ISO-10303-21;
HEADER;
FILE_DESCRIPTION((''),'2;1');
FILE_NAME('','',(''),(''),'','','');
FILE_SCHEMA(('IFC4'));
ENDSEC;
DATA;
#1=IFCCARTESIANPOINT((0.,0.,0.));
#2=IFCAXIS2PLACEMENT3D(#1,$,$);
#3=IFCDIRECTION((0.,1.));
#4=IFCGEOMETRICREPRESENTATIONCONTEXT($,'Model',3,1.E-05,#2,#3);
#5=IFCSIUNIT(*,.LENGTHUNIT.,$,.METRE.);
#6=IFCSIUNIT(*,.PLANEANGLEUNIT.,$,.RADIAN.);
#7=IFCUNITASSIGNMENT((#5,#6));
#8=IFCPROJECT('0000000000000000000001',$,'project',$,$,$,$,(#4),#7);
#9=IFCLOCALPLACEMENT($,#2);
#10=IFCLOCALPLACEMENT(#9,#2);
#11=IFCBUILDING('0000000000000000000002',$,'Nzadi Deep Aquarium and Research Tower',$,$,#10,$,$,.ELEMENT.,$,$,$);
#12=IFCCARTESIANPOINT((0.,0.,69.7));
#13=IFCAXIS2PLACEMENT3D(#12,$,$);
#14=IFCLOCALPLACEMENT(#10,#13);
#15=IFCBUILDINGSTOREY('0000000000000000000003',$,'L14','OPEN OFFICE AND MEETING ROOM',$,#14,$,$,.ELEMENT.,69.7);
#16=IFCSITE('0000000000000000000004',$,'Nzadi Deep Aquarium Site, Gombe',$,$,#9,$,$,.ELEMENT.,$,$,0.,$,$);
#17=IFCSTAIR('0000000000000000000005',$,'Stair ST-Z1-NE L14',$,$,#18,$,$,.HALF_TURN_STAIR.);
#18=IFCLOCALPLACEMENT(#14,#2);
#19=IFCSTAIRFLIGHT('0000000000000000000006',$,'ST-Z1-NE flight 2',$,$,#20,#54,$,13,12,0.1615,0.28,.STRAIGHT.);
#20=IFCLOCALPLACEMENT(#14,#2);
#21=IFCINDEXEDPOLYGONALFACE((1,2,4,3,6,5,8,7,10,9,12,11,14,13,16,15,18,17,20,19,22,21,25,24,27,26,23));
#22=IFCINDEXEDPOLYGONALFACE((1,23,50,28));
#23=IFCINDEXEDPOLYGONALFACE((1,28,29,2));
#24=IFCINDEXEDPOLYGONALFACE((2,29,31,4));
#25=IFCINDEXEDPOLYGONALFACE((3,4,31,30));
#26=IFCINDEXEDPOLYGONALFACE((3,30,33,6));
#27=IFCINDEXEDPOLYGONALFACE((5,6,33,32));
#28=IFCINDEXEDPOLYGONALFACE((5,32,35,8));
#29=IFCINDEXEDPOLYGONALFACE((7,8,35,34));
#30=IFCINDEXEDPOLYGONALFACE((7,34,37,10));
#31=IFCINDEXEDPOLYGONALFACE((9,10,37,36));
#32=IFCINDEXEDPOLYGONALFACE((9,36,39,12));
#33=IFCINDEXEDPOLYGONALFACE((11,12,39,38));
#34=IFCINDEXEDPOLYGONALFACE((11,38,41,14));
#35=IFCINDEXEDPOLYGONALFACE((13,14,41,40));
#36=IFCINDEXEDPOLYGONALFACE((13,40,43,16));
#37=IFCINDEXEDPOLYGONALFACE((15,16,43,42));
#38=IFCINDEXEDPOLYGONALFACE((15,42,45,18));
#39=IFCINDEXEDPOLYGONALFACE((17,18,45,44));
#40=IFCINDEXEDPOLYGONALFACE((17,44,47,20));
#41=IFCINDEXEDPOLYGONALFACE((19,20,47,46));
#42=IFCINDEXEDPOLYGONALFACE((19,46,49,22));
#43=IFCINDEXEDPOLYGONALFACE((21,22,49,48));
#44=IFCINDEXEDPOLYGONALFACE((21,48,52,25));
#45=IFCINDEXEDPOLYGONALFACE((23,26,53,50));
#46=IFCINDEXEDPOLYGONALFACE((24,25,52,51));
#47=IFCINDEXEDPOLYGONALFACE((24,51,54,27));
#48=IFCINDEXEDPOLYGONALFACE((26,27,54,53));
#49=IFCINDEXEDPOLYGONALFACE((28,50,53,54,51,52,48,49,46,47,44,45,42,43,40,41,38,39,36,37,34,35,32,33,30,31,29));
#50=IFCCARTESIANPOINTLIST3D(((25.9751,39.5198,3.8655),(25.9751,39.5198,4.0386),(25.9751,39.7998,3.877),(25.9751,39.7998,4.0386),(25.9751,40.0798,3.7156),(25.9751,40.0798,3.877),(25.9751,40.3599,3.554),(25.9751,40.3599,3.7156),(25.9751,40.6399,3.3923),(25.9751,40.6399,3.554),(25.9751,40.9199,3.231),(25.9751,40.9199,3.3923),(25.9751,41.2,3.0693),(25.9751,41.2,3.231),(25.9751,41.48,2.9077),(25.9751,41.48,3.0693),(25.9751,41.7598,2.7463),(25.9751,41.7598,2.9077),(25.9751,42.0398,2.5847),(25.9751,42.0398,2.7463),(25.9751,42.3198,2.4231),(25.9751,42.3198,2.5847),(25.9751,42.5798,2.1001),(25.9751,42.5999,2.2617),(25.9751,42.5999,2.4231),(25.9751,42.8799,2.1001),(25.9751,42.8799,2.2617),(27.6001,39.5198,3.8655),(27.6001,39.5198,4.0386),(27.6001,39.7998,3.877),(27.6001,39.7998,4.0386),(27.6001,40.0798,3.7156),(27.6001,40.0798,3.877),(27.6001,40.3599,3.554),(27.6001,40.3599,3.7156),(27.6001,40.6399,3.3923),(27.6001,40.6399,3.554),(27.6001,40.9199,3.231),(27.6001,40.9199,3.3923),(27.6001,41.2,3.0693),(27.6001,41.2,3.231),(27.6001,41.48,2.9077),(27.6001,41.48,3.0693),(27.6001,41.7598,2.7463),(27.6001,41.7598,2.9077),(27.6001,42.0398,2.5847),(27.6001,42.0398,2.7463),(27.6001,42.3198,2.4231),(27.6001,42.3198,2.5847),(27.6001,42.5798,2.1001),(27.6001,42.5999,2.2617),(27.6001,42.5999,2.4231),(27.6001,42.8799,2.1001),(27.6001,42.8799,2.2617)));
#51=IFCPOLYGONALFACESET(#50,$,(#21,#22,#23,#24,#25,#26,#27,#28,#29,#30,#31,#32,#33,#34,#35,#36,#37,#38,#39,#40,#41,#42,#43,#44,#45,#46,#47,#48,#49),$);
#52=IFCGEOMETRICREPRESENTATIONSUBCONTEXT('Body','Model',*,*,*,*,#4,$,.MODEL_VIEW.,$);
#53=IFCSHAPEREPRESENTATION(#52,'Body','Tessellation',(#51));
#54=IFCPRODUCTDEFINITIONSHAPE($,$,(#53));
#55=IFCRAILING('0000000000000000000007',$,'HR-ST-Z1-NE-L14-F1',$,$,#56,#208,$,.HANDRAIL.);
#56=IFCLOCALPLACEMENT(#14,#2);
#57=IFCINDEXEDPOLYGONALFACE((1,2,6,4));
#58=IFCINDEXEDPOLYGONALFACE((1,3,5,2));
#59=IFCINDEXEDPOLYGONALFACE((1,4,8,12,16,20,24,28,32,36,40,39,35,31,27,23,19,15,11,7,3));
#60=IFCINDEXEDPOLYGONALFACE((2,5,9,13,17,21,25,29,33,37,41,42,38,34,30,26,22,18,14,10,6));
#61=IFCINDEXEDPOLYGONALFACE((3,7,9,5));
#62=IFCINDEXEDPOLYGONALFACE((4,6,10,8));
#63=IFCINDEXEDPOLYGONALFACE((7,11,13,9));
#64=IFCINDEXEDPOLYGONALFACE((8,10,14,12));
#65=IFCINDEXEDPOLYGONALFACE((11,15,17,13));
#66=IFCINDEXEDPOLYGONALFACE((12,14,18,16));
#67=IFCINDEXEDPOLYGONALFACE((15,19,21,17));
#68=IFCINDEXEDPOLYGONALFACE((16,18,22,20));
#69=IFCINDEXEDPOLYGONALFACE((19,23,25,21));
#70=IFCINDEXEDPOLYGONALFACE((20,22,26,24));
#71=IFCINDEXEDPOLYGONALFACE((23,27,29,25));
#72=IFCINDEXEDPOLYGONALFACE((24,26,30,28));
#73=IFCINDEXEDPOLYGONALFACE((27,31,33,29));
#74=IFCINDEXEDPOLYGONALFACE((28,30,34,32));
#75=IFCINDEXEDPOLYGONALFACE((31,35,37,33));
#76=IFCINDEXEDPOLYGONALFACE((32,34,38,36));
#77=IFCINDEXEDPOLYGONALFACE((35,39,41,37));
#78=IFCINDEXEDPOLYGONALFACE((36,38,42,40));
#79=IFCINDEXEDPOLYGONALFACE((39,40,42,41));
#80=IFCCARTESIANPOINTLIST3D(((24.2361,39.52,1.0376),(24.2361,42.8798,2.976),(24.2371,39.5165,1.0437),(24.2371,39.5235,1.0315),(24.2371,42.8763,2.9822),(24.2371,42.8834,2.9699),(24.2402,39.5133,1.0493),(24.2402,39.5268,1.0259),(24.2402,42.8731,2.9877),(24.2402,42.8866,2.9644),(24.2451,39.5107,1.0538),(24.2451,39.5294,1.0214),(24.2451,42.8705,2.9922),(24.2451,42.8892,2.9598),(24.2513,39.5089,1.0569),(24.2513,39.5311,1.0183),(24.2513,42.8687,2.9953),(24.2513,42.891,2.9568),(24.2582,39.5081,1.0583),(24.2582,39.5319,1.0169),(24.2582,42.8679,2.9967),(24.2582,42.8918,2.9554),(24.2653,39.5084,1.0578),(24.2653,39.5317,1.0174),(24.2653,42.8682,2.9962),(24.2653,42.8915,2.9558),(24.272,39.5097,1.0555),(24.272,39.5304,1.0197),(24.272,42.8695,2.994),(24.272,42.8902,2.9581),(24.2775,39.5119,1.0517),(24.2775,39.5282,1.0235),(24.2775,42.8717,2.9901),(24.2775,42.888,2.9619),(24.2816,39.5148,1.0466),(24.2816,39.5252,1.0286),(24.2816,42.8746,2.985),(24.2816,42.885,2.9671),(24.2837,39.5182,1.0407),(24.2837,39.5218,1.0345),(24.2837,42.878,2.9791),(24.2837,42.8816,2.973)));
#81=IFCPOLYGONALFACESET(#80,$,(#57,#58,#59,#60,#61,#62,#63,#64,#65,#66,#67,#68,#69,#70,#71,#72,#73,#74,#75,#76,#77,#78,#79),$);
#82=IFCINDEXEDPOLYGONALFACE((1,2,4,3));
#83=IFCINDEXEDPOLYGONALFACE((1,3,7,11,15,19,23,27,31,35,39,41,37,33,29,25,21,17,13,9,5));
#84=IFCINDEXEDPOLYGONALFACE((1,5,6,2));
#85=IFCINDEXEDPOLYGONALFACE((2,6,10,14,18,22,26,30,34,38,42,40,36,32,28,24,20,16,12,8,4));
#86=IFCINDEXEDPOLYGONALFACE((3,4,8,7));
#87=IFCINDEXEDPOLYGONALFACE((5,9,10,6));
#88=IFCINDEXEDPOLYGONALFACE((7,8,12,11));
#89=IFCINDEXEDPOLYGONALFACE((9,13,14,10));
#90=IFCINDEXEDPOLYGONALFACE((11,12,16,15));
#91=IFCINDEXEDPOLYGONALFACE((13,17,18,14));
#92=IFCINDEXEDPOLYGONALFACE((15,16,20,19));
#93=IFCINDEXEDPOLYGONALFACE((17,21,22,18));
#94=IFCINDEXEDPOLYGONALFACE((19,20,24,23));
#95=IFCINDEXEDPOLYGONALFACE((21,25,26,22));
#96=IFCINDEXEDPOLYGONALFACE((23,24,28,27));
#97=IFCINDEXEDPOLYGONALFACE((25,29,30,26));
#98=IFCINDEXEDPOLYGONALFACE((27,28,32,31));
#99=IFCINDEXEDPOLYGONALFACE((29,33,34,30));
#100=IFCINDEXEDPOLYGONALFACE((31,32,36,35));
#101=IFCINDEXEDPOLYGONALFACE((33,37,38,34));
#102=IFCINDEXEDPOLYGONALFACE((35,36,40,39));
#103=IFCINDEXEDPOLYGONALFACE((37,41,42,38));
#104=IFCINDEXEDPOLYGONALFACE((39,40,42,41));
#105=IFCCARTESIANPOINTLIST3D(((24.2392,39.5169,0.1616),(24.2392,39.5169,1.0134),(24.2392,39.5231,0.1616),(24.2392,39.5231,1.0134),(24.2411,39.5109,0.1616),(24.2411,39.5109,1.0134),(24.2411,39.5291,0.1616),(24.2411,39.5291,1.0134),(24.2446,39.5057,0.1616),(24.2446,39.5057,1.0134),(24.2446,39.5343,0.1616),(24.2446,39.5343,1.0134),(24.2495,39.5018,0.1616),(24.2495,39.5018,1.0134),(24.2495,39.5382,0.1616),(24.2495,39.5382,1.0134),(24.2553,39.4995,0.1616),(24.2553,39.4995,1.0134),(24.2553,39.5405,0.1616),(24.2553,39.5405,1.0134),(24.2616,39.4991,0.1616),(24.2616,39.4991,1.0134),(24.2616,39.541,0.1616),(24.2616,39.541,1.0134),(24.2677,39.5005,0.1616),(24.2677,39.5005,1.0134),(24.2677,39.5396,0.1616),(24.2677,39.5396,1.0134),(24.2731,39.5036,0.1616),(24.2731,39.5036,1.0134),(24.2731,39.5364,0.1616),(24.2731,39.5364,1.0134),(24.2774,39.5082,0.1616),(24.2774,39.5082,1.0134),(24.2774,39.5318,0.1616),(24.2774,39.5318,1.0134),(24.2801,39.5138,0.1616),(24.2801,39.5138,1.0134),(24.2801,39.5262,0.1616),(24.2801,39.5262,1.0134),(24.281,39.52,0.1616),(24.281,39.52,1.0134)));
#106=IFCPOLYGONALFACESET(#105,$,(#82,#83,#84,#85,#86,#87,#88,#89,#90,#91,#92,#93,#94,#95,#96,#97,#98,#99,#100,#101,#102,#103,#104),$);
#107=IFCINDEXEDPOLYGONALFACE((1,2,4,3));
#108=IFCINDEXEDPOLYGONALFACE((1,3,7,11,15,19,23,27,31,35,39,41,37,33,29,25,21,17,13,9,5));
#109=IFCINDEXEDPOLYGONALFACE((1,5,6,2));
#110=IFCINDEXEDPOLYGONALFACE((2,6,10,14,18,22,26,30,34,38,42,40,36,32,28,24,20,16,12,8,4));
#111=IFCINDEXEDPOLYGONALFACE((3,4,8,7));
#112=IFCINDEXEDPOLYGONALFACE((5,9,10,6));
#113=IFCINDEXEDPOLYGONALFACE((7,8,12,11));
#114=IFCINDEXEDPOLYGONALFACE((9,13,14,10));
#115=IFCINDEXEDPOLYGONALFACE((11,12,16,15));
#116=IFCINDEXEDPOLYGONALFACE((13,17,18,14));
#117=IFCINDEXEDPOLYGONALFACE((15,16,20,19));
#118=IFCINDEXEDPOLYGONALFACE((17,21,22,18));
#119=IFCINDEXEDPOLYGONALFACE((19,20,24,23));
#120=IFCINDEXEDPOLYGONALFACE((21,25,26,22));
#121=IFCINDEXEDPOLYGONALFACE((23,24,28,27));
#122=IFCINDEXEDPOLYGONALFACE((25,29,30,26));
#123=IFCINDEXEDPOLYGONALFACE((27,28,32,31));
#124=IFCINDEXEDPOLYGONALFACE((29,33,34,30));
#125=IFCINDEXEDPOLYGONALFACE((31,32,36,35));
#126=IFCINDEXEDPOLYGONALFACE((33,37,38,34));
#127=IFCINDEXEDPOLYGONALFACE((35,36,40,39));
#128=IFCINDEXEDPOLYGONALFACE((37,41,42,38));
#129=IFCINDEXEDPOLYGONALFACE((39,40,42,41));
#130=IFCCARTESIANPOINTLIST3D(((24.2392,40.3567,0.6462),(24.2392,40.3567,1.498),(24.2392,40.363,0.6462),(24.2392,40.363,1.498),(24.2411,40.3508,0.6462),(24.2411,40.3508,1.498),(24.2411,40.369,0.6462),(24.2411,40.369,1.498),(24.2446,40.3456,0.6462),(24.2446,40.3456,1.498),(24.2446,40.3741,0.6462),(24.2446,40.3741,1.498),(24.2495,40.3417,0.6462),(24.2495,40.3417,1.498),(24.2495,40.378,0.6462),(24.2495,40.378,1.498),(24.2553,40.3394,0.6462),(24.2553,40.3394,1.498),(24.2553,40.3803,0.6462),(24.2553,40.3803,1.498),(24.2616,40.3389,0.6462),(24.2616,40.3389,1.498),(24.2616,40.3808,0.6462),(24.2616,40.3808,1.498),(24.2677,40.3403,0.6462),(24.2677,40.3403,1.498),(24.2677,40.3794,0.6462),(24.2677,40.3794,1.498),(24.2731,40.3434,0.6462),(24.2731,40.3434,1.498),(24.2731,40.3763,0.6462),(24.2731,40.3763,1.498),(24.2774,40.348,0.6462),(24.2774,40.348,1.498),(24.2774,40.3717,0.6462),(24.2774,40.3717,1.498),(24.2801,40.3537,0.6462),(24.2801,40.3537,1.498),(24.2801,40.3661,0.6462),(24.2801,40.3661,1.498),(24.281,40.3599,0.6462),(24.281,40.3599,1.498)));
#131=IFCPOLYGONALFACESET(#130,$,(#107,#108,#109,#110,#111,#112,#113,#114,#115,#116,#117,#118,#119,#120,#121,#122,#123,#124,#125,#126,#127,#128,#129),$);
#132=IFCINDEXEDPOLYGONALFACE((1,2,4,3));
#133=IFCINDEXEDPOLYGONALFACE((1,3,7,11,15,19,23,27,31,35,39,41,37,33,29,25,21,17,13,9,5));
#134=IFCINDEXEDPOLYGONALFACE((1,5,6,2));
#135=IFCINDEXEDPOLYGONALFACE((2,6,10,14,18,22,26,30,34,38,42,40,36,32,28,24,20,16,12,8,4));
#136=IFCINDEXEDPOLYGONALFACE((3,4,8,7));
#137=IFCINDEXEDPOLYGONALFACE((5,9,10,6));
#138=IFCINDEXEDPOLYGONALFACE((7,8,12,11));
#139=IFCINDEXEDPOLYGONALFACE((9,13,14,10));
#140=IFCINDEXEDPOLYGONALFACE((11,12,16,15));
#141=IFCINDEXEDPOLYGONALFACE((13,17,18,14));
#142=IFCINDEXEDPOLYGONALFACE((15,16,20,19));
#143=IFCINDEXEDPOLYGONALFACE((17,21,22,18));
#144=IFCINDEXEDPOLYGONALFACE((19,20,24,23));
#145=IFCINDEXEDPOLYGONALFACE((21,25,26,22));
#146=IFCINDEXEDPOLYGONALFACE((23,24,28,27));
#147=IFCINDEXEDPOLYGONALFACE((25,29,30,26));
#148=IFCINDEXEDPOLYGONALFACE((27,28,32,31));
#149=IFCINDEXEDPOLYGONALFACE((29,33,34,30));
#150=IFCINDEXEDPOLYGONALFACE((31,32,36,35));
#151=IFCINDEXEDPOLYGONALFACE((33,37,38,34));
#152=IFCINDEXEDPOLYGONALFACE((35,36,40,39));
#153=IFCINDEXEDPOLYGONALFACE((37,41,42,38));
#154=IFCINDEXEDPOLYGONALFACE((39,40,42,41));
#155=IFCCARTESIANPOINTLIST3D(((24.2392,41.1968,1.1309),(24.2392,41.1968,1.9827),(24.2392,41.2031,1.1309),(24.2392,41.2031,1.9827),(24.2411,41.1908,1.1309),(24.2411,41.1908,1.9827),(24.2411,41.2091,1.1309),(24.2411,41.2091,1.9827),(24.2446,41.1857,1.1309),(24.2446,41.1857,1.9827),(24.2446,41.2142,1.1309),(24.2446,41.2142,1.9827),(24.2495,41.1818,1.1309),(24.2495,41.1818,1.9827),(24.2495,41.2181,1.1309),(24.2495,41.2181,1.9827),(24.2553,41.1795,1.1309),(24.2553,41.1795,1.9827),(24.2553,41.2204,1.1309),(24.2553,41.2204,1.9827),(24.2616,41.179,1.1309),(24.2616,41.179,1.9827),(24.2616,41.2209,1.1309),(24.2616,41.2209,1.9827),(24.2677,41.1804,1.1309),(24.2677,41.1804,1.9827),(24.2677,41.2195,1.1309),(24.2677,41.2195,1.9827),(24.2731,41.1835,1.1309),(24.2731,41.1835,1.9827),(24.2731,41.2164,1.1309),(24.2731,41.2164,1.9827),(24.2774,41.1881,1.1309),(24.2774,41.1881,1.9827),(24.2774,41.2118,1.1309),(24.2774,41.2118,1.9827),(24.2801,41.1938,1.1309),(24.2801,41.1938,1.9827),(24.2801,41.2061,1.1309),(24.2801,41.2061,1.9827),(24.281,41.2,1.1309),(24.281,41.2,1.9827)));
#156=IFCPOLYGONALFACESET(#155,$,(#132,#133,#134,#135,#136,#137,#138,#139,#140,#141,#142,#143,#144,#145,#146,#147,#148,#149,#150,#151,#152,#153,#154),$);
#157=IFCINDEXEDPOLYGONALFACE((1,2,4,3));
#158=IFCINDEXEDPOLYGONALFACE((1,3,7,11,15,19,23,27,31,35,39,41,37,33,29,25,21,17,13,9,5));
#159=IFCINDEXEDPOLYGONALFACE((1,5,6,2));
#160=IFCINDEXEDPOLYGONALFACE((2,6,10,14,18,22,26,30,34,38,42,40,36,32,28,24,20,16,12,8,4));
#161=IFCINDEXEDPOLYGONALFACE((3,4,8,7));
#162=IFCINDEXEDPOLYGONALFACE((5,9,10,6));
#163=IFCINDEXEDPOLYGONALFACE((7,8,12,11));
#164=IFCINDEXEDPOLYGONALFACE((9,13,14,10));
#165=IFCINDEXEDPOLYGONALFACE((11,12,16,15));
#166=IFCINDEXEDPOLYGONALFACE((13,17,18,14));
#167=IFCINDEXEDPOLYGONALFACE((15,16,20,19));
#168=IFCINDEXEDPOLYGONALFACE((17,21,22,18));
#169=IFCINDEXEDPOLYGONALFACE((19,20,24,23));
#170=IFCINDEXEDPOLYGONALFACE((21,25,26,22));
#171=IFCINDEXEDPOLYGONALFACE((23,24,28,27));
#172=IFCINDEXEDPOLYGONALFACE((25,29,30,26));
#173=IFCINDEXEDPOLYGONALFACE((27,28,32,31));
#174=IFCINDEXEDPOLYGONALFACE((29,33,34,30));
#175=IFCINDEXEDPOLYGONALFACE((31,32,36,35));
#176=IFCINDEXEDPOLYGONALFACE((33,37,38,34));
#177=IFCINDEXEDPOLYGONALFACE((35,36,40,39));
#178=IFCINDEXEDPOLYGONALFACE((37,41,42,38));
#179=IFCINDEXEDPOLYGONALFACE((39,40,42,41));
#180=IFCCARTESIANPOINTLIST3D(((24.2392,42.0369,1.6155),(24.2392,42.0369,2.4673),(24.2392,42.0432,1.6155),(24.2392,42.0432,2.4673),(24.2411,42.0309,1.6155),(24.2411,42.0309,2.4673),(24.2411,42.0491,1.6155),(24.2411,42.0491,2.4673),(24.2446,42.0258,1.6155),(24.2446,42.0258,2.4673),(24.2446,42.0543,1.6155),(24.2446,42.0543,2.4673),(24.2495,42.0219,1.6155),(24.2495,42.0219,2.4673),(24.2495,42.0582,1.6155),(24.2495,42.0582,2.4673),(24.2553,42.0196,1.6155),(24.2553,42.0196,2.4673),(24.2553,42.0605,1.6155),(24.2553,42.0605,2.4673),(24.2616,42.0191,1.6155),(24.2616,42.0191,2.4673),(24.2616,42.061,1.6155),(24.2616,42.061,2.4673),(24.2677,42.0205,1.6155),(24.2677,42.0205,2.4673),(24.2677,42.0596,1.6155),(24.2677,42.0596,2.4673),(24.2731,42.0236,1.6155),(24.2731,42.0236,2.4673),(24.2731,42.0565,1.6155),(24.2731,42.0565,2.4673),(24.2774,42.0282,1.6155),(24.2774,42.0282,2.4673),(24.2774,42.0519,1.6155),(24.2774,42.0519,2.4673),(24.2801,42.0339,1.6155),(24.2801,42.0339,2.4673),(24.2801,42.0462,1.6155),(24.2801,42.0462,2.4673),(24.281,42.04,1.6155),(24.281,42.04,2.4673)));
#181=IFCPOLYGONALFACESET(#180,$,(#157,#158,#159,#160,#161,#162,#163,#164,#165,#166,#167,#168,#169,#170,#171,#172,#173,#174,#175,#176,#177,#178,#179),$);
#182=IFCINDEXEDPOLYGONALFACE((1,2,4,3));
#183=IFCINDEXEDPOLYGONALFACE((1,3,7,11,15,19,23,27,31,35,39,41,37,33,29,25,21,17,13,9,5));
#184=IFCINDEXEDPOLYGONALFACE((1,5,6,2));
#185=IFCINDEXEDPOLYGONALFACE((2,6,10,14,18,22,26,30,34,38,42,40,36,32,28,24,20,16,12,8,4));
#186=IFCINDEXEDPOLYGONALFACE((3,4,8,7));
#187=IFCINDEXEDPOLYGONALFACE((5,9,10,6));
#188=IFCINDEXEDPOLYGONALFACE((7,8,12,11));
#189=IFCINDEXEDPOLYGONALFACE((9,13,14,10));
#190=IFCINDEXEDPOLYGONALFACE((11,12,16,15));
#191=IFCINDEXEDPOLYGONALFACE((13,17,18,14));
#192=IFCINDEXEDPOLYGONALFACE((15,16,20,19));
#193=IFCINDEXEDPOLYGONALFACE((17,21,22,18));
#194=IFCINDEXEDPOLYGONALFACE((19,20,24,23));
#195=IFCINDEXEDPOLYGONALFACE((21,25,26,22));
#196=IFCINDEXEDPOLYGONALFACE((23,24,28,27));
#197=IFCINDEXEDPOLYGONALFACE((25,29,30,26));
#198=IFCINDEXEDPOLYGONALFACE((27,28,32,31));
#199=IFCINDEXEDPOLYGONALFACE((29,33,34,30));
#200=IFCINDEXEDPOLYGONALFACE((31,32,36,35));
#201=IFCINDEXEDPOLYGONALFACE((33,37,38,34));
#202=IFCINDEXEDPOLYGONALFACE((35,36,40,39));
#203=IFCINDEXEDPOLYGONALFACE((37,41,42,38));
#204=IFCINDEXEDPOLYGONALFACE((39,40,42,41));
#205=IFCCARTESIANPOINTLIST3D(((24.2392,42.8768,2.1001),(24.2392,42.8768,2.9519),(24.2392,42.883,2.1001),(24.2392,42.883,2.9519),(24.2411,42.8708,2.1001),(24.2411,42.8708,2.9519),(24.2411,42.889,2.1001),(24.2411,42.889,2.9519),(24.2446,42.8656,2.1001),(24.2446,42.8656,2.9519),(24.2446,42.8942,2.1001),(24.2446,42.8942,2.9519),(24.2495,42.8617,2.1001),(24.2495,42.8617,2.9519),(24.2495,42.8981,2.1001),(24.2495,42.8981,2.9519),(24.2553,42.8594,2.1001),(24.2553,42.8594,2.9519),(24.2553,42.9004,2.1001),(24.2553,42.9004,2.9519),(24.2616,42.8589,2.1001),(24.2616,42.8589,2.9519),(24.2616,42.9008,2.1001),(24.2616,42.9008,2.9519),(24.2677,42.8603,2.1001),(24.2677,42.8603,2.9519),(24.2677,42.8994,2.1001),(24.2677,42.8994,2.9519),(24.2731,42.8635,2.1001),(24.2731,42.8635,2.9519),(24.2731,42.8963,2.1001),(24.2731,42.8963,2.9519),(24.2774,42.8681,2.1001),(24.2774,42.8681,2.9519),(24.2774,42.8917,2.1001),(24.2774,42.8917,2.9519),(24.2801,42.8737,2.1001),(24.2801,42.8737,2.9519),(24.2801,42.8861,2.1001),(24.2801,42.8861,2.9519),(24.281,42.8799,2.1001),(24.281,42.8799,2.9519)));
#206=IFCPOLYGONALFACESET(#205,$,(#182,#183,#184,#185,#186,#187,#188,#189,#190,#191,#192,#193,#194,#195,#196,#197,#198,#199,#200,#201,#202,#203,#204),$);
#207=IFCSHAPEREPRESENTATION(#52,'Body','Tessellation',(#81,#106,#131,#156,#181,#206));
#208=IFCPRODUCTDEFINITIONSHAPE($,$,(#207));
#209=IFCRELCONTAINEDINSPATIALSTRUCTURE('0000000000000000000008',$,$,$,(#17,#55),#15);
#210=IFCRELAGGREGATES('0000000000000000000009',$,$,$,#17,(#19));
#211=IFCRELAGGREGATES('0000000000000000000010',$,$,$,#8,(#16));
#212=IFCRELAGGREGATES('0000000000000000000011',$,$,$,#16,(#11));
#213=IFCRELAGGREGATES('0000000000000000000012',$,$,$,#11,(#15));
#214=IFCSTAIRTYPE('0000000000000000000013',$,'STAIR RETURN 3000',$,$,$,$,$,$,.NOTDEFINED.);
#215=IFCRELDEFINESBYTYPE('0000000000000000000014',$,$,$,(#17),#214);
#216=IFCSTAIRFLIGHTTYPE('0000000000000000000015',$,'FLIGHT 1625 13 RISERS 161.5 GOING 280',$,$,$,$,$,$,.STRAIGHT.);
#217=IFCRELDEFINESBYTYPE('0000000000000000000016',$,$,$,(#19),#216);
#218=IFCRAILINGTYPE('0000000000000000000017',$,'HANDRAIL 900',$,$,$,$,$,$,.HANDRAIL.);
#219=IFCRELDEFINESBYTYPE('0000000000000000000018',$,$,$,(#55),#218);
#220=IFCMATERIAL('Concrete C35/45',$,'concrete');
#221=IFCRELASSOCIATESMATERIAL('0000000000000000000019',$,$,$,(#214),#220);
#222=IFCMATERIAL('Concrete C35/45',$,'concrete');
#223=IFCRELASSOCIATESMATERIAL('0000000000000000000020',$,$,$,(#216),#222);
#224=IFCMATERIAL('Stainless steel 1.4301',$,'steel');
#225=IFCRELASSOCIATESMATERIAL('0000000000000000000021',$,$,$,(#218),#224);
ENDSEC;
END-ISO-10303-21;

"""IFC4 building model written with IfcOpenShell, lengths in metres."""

from ifc_helpers import new_model, si_unit, direction, frame, origin, origin_2d, place, context, subcontext, project, spatial, polyline, circle, outline, extrude, material, type_object, element, aggregate, save


model = new_model("IFC4")

# Units and contexts
model_context = context("Model", 3, precision=1e-05, world=origin(), true_north=direction((0.0, 1.0)))
body_context = subcontext(model_context, "Body", "Model", "MODEL_VIEW")
ifc_project = project(units=[si_unit("LENGTHUNIT", "METRE"), si_unit("PLANEANGLEUNIT", "RADIAN")], contexts=[model_context])

# Site, building, storey
site_placement = place(None, origin())
site = spatial("IfcSite", under=ifc_project, at=site_placement, Name="Nzadi Deep Aquarium Site, Gombe", CompositionType="ELEMENT", RefElevation=0.0)
building_placement = place(site_placement, origin())
building = spatial("IfcBuilding", under=site, at=building_placement, Name="Nzadi Deep Aquarium and Research Tower", CompositionType="ELEMENT")
storey_placement = place(building_placement, frame((0.0, 0.0, 69.7)))
storey = spatial("IfcBuildingStorey", under=building, at=storey_placement, Name="L14", Description="OPEN OFFICE AND MEETING ROOM", CompositionType="ELEMENT", Elevation=69.7)

# Stair, stair flight
ifc_material_1 = material(Name="Concrete C35/45", Category="concrete")
stair_type = type_object("IfcStairType", Name="STAIR RETURN 3000", PredefinedType="NOTDEFINED", material=ifc_material_1)
stair_placement = place(storey_placement, origin())
stair = element("IfcStair", 1, at=stair_placement, inside=storey, type_object=stair_type, Name="Stair ST-Z1-NE L14", PredefinedType="HALF_TURN_STAIR")
ifc_material_2 = material(Name="Concrete C35/45", Category="concrete")
stair_flight_type = type_object("IfcStairFlightType", Name="FLIGHT 1625 13 RISERS 161.5 GOING 280", PredefinedType="STRAIGHT", material=ifc_material_2)
stair_flight_1_placement = place(storey_placement, frame((26.7876, 42.8799, 2.1001), z_axis=(0.0, 0.0, 1.0), x_axis=(0.0, -1.0, 0.0)))
stair_flight_1 = element("IfcStairFlight", 2, at=stair_flight_1_placement, type_object=stair_flight_type, Name="ST-Z1-NE flight 2", NumberOfRisers=13, NumberOfTreads=12, PredefinedType="STRAIGHT", RiserHeight=0.1615, TreadLength=0.28, context=body_context, shape_type="SweptSolid", body=[
    extrude(outline(polyline([(0.0, 0.0), (0.0, 0.1616), (0.28, 0.1616), (0.28, 0.323), (0.5601, 0.323), (0.5601, 0.4846), (0.8401, 0.4846), (0.8401, 0.6462), (1.1201, 0.6462), (1.1201, 0.8076), (1.3999, 0.8076), (1.3999, 0.9692), (1.6799, 0.9692), (1.6799, 1.1309), (1.96, 1.1309), (1.96, 1.2922), (2.24, 1.2922), (2.24, 1.4539), (2.52, 1.4539), (2.52, 1.6155), (2.8, 1.6155), (2.8, 1.7769), (3.0801, 1.7769), (3.0801, 1.9385), (3.3601, 1.9385), (3.3601, 2.1001), (3.3601, 1.7654), (0.3, 0.0), (0.0, 0.0)])), frame((0.0, 0.8125, 0.0), z_axis=(0.0, -1.0, 0.0), x_axis=(1.0, 0.0, 0.0)), (0.0, 0.0, 1.0), 1.625),
])
aggregate(stair, [stair_flight_1])

# Railing
ifc_material_3 = material(Name="Stainless steel 1.4301", Category="steel")
railing_type = type_object("IfcRailingType", Name="HANDRAIL 900", PredefinedType="HANDRAIL", material=ifc_material_3)
for number, where, name in (
    (3, (24.26, 39.52, 0.1616), "HR-ST-Z1-NE-L14-F1"),
):
    element("IfcRailing", number, at=place(storey_placement, frame(where)), inside=storey, type_object=railing_type, Name=name, PredefinedType="HANDRAIL", context=body_context, shape_type="SweptSolid", body=[
        extrude(circle(Radius=0.0239, at=origin_2d()), frame((0.0, 0.0, 0.876), z_axis=(0.0, 0.866175, 0.499741), x_axis=(-1.0, 0.0, 0.0)), (0.0, 0.0, 1.0), 3.8789),
        extrude(circle(Radius=0.021, at=origin_2d()), origin(), (0.0, 0.0, 1.0), 0.8518),
        extrude(circle(Radius=0.021, at=origin_2d()), frame((0.0, 0.8398, 0.4846)), (0.0, 0.0, 1.0), 0.8518),
        extrude(circle(Radius=0.021, at=origin_2d()), frame((0.0, 1.6799, 0.9692)), (0.0, 0.0, 1.0), 0.8518),
        extrude(circle(Radius=0.021, at=origin_2d()), frame((0.0, 2.52, 1.4539)), (0.0, 0.0, 1.0), 0.8518),
        extrude(circle(Radius=0.021, at=origin_2d()), frame((0.0, 3.3599, 1.9385)), (0.0, 0.0, 1.0), 0.8518),
    ])

save(model, "model.ifc")
